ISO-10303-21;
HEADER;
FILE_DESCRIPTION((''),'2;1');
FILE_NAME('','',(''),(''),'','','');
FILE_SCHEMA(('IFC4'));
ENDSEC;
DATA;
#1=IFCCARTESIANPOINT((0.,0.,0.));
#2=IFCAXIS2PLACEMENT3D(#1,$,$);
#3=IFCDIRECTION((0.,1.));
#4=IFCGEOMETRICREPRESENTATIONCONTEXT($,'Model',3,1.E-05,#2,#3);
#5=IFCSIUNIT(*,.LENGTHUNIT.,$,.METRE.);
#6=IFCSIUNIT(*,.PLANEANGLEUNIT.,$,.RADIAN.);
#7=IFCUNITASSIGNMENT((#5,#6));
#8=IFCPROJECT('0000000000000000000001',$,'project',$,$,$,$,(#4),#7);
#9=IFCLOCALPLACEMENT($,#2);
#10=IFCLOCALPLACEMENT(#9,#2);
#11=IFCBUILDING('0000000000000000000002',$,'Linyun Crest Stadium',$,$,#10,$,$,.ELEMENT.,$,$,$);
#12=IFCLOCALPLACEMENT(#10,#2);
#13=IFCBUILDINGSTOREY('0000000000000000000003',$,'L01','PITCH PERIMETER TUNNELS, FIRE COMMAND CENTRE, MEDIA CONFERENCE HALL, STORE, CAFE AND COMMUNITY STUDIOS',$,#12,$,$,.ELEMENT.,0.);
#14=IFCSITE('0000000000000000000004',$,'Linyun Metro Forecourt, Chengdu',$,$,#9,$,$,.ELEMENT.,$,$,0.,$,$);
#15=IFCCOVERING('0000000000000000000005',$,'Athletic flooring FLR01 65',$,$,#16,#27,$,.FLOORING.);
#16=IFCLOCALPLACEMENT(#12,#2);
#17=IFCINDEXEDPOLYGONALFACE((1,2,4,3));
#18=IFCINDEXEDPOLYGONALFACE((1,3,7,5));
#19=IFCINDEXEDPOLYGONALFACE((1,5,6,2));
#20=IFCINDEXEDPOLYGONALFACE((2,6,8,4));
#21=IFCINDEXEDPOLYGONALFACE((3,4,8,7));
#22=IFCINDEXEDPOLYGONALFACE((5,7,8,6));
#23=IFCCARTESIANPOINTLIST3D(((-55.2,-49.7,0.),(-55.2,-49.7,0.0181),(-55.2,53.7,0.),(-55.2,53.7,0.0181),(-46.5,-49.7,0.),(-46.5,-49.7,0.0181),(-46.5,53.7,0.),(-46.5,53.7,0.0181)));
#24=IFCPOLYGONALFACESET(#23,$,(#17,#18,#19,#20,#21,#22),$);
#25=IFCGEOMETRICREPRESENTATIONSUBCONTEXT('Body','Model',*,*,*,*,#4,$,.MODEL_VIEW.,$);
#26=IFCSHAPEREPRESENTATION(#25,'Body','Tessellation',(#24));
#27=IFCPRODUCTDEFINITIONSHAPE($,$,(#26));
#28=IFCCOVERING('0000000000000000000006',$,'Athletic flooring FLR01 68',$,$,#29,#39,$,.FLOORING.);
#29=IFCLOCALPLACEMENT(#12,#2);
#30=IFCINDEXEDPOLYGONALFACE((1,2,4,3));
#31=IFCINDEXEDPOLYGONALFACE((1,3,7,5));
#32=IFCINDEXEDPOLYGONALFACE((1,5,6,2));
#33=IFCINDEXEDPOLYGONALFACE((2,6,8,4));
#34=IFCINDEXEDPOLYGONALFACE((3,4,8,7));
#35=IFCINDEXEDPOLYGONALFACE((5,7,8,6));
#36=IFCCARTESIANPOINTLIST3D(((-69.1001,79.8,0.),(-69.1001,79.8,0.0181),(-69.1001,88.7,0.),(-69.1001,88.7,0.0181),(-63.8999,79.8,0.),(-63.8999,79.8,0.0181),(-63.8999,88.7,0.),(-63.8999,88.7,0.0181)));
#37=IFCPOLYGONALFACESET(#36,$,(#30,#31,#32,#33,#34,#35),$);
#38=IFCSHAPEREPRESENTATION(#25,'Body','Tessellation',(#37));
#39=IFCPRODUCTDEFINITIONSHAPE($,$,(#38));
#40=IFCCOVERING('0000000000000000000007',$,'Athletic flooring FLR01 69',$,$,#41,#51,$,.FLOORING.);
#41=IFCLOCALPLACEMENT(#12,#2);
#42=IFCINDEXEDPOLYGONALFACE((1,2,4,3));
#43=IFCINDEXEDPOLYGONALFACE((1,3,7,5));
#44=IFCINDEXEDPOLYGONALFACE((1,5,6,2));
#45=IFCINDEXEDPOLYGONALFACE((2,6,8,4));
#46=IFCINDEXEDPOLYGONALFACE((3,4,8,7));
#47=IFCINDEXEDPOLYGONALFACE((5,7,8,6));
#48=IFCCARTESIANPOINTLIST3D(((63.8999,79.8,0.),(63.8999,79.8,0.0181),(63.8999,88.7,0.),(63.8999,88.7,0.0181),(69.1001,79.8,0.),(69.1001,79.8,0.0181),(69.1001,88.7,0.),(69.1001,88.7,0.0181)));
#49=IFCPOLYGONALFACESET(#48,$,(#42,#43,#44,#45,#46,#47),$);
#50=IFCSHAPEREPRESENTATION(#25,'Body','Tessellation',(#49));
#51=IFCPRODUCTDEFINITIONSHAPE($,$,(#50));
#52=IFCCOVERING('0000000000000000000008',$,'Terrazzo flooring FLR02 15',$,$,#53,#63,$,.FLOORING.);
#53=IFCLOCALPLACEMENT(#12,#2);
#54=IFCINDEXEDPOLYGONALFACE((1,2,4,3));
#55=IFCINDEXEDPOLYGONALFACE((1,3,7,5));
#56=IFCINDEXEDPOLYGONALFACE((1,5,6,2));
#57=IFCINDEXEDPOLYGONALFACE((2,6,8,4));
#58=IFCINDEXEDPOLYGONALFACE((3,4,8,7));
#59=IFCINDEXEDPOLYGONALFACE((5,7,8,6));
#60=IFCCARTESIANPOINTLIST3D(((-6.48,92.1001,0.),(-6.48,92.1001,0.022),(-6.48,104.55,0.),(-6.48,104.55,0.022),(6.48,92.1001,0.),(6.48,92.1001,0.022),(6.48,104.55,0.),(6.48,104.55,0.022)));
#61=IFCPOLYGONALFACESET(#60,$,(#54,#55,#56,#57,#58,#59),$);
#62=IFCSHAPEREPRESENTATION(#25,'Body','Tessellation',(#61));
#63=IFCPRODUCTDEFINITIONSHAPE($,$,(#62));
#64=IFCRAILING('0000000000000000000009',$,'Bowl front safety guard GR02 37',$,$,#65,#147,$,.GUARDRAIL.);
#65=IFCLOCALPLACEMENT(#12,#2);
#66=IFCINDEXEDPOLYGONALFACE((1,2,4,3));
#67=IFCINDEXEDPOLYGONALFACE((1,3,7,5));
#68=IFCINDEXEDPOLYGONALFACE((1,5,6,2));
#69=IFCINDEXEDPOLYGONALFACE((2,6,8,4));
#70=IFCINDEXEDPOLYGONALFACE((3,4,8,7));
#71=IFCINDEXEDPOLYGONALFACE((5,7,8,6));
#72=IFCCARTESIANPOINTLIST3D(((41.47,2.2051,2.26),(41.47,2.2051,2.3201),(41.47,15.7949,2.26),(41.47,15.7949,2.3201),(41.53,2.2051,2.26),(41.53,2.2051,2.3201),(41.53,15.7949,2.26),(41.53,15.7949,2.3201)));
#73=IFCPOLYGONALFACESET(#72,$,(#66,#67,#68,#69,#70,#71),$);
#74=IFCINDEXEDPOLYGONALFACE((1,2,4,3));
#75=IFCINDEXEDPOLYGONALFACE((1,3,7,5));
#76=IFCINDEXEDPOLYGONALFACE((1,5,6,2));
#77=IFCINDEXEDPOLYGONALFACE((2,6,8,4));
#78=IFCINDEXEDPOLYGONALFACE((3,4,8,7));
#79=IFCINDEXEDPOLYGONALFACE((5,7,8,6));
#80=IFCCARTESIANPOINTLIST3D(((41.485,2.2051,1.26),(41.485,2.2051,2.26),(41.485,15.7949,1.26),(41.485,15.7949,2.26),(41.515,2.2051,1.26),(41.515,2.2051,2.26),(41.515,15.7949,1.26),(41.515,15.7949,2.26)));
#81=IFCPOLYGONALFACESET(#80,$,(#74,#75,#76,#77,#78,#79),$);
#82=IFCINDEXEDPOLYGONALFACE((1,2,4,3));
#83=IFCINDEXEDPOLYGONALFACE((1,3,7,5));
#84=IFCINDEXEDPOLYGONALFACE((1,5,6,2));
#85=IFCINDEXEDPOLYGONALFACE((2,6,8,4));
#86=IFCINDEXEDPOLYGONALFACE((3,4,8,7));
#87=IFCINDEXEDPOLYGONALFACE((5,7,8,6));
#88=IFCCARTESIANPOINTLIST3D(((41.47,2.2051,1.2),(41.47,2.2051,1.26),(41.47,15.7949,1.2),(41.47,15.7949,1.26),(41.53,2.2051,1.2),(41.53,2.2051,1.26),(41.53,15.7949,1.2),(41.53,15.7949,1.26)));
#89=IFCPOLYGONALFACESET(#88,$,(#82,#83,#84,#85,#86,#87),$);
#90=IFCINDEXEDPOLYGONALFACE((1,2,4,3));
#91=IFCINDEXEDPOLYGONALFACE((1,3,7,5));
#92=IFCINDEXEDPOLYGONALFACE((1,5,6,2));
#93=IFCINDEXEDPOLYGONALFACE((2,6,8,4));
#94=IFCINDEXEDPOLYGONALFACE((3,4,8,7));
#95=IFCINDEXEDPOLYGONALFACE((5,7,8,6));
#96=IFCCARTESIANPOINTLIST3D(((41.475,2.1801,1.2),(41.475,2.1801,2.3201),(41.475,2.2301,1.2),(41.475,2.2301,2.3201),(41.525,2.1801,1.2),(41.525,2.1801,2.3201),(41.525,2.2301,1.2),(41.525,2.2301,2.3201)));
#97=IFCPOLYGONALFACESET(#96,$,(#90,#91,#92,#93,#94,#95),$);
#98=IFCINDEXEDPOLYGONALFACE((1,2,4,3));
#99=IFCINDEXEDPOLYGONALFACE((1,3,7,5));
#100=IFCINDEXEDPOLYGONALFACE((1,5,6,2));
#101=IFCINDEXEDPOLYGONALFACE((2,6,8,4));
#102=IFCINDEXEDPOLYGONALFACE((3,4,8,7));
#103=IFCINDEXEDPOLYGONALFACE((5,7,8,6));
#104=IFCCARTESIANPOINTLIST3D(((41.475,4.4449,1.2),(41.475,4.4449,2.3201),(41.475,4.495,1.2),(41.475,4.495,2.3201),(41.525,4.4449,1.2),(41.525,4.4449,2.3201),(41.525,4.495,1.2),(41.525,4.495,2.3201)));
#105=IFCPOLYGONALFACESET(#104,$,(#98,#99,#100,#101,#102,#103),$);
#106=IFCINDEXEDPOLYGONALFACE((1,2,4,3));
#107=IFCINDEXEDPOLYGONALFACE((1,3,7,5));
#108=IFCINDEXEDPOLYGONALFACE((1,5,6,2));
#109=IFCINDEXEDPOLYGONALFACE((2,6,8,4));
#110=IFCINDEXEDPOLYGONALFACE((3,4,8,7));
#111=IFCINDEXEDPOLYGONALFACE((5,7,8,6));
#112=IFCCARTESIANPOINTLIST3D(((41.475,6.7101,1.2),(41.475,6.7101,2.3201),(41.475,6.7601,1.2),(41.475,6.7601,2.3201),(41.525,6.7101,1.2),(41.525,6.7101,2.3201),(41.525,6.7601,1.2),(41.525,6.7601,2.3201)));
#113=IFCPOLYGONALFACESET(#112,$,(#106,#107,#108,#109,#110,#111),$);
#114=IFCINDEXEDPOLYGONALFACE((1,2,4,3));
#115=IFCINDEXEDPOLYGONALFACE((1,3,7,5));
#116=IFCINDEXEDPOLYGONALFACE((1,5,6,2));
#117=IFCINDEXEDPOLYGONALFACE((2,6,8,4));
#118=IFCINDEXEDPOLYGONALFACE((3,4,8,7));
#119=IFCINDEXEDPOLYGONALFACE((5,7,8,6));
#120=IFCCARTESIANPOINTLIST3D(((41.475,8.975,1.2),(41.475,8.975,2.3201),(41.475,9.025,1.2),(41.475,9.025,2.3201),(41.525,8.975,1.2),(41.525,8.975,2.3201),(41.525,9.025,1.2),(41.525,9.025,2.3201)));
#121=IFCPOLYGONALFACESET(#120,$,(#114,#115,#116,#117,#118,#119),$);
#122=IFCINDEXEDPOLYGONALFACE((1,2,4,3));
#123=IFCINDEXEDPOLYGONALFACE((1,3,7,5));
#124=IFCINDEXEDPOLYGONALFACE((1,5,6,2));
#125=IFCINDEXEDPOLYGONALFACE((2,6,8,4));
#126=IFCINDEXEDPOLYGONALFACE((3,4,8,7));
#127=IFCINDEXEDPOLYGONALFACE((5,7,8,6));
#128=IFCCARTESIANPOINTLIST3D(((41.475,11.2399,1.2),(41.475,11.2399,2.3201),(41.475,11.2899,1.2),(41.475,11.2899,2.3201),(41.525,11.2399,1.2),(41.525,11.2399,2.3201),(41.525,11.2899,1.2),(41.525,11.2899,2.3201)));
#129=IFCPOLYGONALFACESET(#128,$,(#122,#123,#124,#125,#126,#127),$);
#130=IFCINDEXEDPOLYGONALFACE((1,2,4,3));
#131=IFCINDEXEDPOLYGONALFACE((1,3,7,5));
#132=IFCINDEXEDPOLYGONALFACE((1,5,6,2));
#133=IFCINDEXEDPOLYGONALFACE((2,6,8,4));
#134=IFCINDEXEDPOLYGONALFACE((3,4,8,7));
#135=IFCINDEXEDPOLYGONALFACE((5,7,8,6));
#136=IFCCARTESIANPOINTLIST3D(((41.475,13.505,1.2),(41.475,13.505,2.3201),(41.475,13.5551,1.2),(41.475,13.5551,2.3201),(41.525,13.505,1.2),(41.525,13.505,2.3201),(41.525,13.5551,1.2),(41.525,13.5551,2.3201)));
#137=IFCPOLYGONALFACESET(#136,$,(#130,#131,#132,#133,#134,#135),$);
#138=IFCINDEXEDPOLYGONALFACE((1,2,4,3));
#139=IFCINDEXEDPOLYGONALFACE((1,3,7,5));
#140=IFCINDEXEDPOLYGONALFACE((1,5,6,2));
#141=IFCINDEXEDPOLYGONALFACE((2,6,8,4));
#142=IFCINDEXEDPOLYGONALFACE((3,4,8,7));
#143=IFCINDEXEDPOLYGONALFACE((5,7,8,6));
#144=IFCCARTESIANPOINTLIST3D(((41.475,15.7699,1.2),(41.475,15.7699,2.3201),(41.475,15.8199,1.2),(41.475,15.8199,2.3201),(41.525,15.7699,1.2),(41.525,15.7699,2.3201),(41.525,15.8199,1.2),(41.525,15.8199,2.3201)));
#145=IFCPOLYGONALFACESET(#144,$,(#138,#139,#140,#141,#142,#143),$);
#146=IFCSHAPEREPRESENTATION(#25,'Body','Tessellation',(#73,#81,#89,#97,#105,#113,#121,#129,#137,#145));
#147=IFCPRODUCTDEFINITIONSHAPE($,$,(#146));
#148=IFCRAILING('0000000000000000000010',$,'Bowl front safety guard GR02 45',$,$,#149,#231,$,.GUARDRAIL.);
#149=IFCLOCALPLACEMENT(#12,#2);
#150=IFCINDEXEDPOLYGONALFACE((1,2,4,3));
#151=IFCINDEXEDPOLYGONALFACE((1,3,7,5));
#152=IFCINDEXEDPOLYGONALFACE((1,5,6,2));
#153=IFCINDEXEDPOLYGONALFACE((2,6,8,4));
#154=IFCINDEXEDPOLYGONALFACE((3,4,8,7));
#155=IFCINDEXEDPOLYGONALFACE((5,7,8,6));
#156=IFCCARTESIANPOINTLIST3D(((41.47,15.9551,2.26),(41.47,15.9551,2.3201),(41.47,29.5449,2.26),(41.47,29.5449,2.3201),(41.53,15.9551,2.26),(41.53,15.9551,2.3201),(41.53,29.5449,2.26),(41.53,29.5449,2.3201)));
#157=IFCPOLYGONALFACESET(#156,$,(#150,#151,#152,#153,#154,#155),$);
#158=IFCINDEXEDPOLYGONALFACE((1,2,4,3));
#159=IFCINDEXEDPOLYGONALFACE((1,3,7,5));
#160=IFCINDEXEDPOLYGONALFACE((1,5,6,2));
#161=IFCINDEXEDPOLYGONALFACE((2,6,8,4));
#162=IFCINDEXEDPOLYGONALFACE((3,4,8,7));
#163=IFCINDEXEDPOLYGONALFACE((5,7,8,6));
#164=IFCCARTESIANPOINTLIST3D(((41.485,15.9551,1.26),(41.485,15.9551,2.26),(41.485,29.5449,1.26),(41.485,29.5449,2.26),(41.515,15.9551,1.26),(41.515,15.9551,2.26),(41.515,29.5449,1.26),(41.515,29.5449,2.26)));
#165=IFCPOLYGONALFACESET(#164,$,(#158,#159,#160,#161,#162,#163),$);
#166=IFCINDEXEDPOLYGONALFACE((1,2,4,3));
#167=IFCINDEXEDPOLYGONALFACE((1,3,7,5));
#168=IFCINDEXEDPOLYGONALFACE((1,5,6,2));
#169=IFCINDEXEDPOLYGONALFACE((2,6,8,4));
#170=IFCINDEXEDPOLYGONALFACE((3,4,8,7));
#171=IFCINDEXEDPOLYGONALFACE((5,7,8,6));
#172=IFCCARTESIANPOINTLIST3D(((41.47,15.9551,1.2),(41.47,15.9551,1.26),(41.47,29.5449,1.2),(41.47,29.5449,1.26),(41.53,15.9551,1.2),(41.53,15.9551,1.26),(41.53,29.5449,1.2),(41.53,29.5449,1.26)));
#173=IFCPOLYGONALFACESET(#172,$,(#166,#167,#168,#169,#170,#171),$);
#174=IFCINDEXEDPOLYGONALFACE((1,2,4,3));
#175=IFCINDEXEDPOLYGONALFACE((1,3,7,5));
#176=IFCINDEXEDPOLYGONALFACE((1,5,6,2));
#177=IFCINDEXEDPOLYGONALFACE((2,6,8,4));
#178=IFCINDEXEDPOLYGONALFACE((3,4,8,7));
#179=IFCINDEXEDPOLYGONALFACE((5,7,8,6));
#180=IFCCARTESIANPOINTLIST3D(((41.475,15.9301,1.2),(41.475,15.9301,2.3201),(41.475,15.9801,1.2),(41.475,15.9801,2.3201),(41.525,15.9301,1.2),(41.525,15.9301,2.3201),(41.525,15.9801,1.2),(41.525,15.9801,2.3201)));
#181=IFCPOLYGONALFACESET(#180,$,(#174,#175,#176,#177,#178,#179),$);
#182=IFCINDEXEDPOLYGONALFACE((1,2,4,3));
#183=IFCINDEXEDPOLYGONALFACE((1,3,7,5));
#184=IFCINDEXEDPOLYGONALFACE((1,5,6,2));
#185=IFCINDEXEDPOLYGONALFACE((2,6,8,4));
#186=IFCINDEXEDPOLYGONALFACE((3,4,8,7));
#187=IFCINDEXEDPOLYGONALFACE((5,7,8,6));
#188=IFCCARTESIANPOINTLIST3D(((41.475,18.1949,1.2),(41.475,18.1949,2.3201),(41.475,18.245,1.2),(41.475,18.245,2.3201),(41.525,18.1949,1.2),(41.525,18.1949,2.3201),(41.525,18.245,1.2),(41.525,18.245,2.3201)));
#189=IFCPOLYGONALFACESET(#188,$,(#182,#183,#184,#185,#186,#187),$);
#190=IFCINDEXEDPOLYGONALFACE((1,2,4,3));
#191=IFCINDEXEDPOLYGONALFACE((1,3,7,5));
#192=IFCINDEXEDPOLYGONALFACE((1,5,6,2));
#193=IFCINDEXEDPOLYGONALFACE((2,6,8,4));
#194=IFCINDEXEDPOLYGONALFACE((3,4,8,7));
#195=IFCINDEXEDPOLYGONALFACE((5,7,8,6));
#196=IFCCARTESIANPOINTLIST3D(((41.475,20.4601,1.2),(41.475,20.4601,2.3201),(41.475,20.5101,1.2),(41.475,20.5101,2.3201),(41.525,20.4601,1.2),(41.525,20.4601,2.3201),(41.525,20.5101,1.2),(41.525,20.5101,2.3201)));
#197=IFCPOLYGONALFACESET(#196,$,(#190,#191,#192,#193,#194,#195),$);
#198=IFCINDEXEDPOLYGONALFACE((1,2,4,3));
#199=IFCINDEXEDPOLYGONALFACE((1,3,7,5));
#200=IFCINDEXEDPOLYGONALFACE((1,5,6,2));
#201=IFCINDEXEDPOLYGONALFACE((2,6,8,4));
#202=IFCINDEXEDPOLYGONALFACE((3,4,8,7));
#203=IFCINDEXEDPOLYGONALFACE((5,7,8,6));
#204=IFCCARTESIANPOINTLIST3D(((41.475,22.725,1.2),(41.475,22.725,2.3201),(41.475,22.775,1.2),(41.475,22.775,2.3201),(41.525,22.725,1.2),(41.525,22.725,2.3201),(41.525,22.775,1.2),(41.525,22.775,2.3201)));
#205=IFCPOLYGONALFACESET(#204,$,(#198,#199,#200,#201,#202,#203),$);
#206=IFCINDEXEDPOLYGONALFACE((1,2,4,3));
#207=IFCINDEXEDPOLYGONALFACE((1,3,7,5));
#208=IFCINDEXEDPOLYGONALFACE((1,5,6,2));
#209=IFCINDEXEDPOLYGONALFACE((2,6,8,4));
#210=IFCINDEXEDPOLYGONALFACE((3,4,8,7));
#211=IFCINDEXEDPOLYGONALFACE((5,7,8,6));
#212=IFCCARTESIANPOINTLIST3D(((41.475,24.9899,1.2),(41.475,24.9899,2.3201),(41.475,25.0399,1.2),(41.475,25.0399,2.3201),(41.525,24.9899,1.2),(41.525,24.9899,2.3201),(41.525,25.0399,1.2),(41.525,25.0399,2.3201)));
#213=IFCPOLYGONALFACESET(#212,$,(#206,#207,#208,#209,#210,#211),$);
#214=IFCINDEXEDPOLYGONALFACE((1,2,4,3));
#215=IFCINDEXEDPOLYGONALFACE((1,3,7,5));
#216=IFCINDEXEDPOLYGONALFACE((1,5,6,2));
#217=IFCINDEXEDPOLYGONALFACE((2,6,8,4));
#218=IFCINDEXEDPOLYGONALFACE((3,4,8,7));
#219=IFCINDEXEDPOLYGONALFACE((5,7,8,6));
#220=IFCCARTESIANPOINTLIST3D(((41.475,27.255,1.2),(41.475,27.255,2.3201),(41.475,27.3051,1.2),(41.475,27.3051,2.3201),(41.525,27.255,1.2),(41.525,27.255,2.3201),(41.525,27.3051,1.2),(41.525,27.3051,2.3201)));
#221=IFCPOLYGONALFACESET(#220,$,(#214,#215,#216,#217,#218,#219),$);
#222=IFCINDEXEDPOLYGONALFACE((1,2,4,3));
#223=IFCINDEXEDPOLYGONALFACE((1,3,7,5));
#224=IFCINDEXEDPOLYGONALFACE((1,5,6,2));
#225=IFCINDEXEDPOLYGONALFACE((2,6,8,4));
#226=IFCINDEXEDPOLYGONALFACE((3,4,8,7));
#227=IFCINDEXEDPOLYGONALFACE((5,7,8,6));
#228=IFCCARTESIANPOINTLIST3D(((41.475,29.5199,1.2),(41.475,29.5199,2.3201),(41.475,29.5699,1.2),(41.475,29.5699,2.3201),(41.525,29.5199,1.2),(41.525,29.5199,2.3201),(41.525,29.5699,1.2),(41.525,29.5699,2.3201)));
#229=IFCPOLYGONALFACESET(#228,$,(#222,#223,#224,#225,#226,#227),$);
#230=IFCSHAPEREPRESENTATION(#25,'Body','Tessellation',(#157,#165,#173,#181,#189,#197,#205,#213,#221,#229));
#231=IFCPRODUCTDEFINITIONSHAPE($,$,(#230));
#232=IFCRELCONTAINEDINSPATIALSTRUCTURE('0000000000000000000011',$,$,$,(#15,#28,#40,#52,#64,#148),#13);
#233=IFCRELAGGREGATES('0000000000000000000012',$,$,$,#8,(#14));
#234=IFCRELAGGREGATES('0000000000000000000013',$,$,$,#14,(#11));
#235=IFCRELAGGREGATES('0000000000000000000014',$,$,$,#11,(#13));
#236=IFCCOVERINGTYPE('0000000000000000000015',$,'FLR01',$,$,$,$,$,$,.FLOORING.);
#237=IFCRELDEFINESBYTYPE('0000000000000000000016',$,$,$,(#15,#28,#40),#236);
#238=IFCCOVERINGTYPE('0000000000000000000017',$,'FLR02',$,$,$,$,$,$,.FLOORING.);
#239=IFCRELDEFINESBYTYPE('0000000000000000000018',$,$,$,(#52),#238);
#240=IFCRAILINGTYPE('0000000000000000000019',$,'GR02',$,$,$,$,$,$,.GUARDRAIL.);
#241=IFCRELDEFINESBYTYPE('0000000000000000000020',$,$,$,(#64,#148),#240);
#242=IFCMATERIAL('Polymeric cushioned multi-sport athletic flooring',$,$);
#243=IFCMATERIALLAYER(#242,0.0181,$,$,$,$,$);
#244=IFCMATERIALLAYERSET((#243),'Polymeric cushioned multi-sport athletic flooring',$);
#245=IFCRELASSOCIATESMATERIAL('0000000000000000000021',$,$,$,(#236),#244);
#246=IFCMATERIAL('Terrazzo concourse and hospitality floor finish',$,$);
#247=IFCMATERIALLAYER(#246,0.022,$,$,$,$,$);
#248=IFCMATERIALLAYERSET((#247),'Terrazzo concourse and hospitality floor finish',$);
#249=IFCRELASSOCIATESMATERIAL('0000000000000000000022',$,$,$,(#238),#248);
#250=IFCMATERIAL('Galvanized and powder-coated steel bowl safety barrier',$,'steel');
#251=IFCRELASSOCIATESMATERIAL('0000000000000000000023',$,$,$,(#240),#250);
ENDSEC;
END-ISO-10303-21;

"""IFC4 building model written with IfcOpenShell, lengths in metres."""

from ifc_helpers import new_model, si_unit, direction, frame, origin, origin_2d, place, context, subcontext, project, spatial, polyline, rectangle, outline, extrude, material, layer, layer_set, type_object, element, save


model = new_model("IFC4")

# Units and contexts
model_context = context("Model", 3, precision=1e-05, world=origin(), true_north=direction((0.0, 1.0)))
body_context = subcontext(model_context, "Body", "Model", "MODEL_VIEW")
ifc_project = project(units=[si_unit("LENGTHUNIT", "METRE"), si_unit("PLANEANGLEUNIT", "RADIAN")], contexts=[model_context])

# Site, building, storey
site_placement = place(None, origin())
site = spatial("IfcSite", under=ifc_project, at=site_placement, Name="Linyun Metro Forecourt, Chengdu", CompositionType="ELEMENT", RefElevation=0.0)
building_placement = place(site_placement, origin())
building = spatial("IfcBuilding", under=site, at=building_placement, Name="Linyun Crest Stadium", CompositionType="ELEMENT")
storey_placement = place(building_placement, origin())
storey = spatial("IfcBuildingStorey", under=building, at=storey_placement, Name="L01", Description="PITCH PERIMETER TUNNELS, FIRE COMMAND CENTRE, MEDIA CONFERENCE HALL, STORE, CAFE AND COMMUNITY STUDIOS", CompositionType="ELEMENT", Elevation=0.0)

# Coverings
ifc_material_1 = material(Name="Polymeric cushioned multi-sport athletic flooring")
ifc_layer_1 = layer(ifc_material_1, 0.0181)
ifc_layer_set_1 = layer_set([ifc_layer_1], Name="Polymeric cushioned multi-sport athletic flooring")
covering_type_1 = type_object("IfcCoveringType", Name="FLR01", PredefinedType="FLOORING", material=ifc_layer_set_1)
covering_1_placement = place(storey_placement, origin())
element("IfcCovering", 1, at=covering_1_placement, inside=storey, type_object=covering_type_1, Name="Athletic flooring FLR01 65", PredefinedType="FLOORING", context=body_context, shape_type="SweptSolid", body=[
    extrude(outline(polyline([(-55.2, -49.7), (-46.5, -49.7), (-46.5, 53.7), (-55.2, 53.7), (-55.2, -49.7)])), origin(), (0.0, 0.0, 1.0), 0.0181),
])
covering_2_placement = place(storey_placement, origin())
element("IfcCovering", 2, at=covering_2_placement, inside=storey, type_object=covering_type_1, Name="Athletic flooring FLR01 68", PredefinedType="FLOORING", context=body_context, shape_type="SweptSolid", body=[
    extrude(outline(polyline([(-69.1001, 79.8), (-63.8999, 79.8), (-63.8999, 88.7), (-69.1001, 88.7), (-69.1001, 79.8)])), origin(), (0.0, 0.0, 1.0), 0.0181),
])
covering_3_placement = place(storey_placement, origin())
element("IfcCovering", 3, at=covering_3_placement, inside=storey, type_object=covering_type_1, Name="Athletic flooring FLR01 69", PredefinedType="FLOORING", context=body_context, shape_type="SweptSolid", body=[
    extrude(outline(polyline([(63.8999, 79.8), (69.1001, 79.8), (69.1001, 88.7), (63.8999, 88.7), (63.8999, 79.8)])), origin(), (0.0, 0.0, 1.0), 0.0181),
])
ifc_material_2 = material(Name="Terrazzo concourse and hospitality floor finish")
ifc_layer_2 = layer(ifc_material_2, 0.022)
ifc_layer_set_2 = layer_set([ifc_layer_2], Name="Terrazzo concourse and hospitality floor finish")
covering_type_2 = type_object("IfcCoveringType", Name="FLR02", PredefinedType="FLOORING", material=ifc_layer_set_2)
covering_4_placement = place(storey_placement, origin())
element("IfcCovering", 4, at=covering_4_placement, inside=storey, type_object=covering_type_2, Name="Terrazzo flooring FLR02 15", PredefinedType="FLOORING", context=body_context, shape_type="SweptSolid", body=[
    extrude(outline(polyline([(-6.48, 92.1001), (6.48, 92.1001), (6.48, 104.55), (-6.48, 104.55), (-6.48, 92.1001)])), origin(), (0.0, 0.0, 1.0), 0.022),
])

# Railings
ifc_material_3 = material(Name="Galvanized and powder-coated steel bowl safety barrier", Category="steel")
railing_type = type_object("IfcRailingType", Name="GR02", PredefinedType="GUARDRAIL", material=ifc_material_3)
for number, where, name in (
    (5, (41.5, 2.2051, 1.2), "Bowl front safety guard GR02 37"),
    (6, (41.5, 15.9551, 1.2), "Bowl front safety guard GR02 45"),
):
    element("IfcRailing", number, at=place(storey_placement, frame(where)), inside=storey, type_object=railing_type, Name=name, PredefinedType="GUARDRAIL", context=body_context, shape_type="SweptSolid", body=[
        extrude(rectangle(XDim=0.0601, YDim=0.0601, at=origin_2d()), frame((0.0, 0.0, 1.0901), z_axis=(0.0, 1.0, 0.0), x_axis=(-1.0, 0.0, 0.0)), (0.0, 0.0, 1.0), 13.5898),
        extrude(rectangle(XDim=0.03, YDim=1.0, at=origin_2d()), frame((0.0, 0.0, 0.5601), z_axis=(0.0, 1.0, 0.0), x_axis=(-1.0, 0.0, 0.0)), (0.0, 0.0, 1.0), 13.5898),
        extrude(rectangle(XDim=0.0601, YDim=0.0601, at=origin_2d()), frame((0.0, 0.0, 0.03), z_axis=(0.0, 1.0, 0.0), x_axis=(-1.0, 0.0, 0.0)), (0.0, 0.0, 1.0), 13.5898),
        extrude(rectangle(XDim=0.05, YDim=0.05, at=origin_2d()), origin(), (0.0, 0.0, 1.0), 1.1201),
        extrude(rectangle(XDim=0.05, YDim=0.05, at=origin_2d()), frame((0.0, 2.2649, 0.0)), (0.0, 0.0, 1.0), 1.1201),
        extrude(rectangle(XDim=0.05, YDim=0.05, at=origin_2d()), frame((0.0, 4.53, 0.0)), (0.0, 0.0, 1.0), 1.1201),
        extrude(rectangle(XDim=0.05, YDim=0.05, at=origin_2d()), frame((0.0, 6.7949, 0.0)), (0.0, 0.0, 1.0), 1.1201),
        extrude(rectangle(XDim=0.05, YDim=0.05, at=origin_2d()), frame((0.0, 9.0598, 0.0)), (0.0, 0.0, 1.0), 1.1201),
        extrude(rectangle(XDim=0.05, YDim=0.05, at=origin_2d()), frame((0.0, 11.325, 0.0)), (0.0, 0.0, 1.0), 1.1201),
        extrude(rectangle(XDim=0.05, YDim=0.05, at=origin_2d()), frame((0.0, 13.5898, 0.0)), (0.0, 0.0, 1.0), 1.1201),
    ])

save(model, "model.ifc")
